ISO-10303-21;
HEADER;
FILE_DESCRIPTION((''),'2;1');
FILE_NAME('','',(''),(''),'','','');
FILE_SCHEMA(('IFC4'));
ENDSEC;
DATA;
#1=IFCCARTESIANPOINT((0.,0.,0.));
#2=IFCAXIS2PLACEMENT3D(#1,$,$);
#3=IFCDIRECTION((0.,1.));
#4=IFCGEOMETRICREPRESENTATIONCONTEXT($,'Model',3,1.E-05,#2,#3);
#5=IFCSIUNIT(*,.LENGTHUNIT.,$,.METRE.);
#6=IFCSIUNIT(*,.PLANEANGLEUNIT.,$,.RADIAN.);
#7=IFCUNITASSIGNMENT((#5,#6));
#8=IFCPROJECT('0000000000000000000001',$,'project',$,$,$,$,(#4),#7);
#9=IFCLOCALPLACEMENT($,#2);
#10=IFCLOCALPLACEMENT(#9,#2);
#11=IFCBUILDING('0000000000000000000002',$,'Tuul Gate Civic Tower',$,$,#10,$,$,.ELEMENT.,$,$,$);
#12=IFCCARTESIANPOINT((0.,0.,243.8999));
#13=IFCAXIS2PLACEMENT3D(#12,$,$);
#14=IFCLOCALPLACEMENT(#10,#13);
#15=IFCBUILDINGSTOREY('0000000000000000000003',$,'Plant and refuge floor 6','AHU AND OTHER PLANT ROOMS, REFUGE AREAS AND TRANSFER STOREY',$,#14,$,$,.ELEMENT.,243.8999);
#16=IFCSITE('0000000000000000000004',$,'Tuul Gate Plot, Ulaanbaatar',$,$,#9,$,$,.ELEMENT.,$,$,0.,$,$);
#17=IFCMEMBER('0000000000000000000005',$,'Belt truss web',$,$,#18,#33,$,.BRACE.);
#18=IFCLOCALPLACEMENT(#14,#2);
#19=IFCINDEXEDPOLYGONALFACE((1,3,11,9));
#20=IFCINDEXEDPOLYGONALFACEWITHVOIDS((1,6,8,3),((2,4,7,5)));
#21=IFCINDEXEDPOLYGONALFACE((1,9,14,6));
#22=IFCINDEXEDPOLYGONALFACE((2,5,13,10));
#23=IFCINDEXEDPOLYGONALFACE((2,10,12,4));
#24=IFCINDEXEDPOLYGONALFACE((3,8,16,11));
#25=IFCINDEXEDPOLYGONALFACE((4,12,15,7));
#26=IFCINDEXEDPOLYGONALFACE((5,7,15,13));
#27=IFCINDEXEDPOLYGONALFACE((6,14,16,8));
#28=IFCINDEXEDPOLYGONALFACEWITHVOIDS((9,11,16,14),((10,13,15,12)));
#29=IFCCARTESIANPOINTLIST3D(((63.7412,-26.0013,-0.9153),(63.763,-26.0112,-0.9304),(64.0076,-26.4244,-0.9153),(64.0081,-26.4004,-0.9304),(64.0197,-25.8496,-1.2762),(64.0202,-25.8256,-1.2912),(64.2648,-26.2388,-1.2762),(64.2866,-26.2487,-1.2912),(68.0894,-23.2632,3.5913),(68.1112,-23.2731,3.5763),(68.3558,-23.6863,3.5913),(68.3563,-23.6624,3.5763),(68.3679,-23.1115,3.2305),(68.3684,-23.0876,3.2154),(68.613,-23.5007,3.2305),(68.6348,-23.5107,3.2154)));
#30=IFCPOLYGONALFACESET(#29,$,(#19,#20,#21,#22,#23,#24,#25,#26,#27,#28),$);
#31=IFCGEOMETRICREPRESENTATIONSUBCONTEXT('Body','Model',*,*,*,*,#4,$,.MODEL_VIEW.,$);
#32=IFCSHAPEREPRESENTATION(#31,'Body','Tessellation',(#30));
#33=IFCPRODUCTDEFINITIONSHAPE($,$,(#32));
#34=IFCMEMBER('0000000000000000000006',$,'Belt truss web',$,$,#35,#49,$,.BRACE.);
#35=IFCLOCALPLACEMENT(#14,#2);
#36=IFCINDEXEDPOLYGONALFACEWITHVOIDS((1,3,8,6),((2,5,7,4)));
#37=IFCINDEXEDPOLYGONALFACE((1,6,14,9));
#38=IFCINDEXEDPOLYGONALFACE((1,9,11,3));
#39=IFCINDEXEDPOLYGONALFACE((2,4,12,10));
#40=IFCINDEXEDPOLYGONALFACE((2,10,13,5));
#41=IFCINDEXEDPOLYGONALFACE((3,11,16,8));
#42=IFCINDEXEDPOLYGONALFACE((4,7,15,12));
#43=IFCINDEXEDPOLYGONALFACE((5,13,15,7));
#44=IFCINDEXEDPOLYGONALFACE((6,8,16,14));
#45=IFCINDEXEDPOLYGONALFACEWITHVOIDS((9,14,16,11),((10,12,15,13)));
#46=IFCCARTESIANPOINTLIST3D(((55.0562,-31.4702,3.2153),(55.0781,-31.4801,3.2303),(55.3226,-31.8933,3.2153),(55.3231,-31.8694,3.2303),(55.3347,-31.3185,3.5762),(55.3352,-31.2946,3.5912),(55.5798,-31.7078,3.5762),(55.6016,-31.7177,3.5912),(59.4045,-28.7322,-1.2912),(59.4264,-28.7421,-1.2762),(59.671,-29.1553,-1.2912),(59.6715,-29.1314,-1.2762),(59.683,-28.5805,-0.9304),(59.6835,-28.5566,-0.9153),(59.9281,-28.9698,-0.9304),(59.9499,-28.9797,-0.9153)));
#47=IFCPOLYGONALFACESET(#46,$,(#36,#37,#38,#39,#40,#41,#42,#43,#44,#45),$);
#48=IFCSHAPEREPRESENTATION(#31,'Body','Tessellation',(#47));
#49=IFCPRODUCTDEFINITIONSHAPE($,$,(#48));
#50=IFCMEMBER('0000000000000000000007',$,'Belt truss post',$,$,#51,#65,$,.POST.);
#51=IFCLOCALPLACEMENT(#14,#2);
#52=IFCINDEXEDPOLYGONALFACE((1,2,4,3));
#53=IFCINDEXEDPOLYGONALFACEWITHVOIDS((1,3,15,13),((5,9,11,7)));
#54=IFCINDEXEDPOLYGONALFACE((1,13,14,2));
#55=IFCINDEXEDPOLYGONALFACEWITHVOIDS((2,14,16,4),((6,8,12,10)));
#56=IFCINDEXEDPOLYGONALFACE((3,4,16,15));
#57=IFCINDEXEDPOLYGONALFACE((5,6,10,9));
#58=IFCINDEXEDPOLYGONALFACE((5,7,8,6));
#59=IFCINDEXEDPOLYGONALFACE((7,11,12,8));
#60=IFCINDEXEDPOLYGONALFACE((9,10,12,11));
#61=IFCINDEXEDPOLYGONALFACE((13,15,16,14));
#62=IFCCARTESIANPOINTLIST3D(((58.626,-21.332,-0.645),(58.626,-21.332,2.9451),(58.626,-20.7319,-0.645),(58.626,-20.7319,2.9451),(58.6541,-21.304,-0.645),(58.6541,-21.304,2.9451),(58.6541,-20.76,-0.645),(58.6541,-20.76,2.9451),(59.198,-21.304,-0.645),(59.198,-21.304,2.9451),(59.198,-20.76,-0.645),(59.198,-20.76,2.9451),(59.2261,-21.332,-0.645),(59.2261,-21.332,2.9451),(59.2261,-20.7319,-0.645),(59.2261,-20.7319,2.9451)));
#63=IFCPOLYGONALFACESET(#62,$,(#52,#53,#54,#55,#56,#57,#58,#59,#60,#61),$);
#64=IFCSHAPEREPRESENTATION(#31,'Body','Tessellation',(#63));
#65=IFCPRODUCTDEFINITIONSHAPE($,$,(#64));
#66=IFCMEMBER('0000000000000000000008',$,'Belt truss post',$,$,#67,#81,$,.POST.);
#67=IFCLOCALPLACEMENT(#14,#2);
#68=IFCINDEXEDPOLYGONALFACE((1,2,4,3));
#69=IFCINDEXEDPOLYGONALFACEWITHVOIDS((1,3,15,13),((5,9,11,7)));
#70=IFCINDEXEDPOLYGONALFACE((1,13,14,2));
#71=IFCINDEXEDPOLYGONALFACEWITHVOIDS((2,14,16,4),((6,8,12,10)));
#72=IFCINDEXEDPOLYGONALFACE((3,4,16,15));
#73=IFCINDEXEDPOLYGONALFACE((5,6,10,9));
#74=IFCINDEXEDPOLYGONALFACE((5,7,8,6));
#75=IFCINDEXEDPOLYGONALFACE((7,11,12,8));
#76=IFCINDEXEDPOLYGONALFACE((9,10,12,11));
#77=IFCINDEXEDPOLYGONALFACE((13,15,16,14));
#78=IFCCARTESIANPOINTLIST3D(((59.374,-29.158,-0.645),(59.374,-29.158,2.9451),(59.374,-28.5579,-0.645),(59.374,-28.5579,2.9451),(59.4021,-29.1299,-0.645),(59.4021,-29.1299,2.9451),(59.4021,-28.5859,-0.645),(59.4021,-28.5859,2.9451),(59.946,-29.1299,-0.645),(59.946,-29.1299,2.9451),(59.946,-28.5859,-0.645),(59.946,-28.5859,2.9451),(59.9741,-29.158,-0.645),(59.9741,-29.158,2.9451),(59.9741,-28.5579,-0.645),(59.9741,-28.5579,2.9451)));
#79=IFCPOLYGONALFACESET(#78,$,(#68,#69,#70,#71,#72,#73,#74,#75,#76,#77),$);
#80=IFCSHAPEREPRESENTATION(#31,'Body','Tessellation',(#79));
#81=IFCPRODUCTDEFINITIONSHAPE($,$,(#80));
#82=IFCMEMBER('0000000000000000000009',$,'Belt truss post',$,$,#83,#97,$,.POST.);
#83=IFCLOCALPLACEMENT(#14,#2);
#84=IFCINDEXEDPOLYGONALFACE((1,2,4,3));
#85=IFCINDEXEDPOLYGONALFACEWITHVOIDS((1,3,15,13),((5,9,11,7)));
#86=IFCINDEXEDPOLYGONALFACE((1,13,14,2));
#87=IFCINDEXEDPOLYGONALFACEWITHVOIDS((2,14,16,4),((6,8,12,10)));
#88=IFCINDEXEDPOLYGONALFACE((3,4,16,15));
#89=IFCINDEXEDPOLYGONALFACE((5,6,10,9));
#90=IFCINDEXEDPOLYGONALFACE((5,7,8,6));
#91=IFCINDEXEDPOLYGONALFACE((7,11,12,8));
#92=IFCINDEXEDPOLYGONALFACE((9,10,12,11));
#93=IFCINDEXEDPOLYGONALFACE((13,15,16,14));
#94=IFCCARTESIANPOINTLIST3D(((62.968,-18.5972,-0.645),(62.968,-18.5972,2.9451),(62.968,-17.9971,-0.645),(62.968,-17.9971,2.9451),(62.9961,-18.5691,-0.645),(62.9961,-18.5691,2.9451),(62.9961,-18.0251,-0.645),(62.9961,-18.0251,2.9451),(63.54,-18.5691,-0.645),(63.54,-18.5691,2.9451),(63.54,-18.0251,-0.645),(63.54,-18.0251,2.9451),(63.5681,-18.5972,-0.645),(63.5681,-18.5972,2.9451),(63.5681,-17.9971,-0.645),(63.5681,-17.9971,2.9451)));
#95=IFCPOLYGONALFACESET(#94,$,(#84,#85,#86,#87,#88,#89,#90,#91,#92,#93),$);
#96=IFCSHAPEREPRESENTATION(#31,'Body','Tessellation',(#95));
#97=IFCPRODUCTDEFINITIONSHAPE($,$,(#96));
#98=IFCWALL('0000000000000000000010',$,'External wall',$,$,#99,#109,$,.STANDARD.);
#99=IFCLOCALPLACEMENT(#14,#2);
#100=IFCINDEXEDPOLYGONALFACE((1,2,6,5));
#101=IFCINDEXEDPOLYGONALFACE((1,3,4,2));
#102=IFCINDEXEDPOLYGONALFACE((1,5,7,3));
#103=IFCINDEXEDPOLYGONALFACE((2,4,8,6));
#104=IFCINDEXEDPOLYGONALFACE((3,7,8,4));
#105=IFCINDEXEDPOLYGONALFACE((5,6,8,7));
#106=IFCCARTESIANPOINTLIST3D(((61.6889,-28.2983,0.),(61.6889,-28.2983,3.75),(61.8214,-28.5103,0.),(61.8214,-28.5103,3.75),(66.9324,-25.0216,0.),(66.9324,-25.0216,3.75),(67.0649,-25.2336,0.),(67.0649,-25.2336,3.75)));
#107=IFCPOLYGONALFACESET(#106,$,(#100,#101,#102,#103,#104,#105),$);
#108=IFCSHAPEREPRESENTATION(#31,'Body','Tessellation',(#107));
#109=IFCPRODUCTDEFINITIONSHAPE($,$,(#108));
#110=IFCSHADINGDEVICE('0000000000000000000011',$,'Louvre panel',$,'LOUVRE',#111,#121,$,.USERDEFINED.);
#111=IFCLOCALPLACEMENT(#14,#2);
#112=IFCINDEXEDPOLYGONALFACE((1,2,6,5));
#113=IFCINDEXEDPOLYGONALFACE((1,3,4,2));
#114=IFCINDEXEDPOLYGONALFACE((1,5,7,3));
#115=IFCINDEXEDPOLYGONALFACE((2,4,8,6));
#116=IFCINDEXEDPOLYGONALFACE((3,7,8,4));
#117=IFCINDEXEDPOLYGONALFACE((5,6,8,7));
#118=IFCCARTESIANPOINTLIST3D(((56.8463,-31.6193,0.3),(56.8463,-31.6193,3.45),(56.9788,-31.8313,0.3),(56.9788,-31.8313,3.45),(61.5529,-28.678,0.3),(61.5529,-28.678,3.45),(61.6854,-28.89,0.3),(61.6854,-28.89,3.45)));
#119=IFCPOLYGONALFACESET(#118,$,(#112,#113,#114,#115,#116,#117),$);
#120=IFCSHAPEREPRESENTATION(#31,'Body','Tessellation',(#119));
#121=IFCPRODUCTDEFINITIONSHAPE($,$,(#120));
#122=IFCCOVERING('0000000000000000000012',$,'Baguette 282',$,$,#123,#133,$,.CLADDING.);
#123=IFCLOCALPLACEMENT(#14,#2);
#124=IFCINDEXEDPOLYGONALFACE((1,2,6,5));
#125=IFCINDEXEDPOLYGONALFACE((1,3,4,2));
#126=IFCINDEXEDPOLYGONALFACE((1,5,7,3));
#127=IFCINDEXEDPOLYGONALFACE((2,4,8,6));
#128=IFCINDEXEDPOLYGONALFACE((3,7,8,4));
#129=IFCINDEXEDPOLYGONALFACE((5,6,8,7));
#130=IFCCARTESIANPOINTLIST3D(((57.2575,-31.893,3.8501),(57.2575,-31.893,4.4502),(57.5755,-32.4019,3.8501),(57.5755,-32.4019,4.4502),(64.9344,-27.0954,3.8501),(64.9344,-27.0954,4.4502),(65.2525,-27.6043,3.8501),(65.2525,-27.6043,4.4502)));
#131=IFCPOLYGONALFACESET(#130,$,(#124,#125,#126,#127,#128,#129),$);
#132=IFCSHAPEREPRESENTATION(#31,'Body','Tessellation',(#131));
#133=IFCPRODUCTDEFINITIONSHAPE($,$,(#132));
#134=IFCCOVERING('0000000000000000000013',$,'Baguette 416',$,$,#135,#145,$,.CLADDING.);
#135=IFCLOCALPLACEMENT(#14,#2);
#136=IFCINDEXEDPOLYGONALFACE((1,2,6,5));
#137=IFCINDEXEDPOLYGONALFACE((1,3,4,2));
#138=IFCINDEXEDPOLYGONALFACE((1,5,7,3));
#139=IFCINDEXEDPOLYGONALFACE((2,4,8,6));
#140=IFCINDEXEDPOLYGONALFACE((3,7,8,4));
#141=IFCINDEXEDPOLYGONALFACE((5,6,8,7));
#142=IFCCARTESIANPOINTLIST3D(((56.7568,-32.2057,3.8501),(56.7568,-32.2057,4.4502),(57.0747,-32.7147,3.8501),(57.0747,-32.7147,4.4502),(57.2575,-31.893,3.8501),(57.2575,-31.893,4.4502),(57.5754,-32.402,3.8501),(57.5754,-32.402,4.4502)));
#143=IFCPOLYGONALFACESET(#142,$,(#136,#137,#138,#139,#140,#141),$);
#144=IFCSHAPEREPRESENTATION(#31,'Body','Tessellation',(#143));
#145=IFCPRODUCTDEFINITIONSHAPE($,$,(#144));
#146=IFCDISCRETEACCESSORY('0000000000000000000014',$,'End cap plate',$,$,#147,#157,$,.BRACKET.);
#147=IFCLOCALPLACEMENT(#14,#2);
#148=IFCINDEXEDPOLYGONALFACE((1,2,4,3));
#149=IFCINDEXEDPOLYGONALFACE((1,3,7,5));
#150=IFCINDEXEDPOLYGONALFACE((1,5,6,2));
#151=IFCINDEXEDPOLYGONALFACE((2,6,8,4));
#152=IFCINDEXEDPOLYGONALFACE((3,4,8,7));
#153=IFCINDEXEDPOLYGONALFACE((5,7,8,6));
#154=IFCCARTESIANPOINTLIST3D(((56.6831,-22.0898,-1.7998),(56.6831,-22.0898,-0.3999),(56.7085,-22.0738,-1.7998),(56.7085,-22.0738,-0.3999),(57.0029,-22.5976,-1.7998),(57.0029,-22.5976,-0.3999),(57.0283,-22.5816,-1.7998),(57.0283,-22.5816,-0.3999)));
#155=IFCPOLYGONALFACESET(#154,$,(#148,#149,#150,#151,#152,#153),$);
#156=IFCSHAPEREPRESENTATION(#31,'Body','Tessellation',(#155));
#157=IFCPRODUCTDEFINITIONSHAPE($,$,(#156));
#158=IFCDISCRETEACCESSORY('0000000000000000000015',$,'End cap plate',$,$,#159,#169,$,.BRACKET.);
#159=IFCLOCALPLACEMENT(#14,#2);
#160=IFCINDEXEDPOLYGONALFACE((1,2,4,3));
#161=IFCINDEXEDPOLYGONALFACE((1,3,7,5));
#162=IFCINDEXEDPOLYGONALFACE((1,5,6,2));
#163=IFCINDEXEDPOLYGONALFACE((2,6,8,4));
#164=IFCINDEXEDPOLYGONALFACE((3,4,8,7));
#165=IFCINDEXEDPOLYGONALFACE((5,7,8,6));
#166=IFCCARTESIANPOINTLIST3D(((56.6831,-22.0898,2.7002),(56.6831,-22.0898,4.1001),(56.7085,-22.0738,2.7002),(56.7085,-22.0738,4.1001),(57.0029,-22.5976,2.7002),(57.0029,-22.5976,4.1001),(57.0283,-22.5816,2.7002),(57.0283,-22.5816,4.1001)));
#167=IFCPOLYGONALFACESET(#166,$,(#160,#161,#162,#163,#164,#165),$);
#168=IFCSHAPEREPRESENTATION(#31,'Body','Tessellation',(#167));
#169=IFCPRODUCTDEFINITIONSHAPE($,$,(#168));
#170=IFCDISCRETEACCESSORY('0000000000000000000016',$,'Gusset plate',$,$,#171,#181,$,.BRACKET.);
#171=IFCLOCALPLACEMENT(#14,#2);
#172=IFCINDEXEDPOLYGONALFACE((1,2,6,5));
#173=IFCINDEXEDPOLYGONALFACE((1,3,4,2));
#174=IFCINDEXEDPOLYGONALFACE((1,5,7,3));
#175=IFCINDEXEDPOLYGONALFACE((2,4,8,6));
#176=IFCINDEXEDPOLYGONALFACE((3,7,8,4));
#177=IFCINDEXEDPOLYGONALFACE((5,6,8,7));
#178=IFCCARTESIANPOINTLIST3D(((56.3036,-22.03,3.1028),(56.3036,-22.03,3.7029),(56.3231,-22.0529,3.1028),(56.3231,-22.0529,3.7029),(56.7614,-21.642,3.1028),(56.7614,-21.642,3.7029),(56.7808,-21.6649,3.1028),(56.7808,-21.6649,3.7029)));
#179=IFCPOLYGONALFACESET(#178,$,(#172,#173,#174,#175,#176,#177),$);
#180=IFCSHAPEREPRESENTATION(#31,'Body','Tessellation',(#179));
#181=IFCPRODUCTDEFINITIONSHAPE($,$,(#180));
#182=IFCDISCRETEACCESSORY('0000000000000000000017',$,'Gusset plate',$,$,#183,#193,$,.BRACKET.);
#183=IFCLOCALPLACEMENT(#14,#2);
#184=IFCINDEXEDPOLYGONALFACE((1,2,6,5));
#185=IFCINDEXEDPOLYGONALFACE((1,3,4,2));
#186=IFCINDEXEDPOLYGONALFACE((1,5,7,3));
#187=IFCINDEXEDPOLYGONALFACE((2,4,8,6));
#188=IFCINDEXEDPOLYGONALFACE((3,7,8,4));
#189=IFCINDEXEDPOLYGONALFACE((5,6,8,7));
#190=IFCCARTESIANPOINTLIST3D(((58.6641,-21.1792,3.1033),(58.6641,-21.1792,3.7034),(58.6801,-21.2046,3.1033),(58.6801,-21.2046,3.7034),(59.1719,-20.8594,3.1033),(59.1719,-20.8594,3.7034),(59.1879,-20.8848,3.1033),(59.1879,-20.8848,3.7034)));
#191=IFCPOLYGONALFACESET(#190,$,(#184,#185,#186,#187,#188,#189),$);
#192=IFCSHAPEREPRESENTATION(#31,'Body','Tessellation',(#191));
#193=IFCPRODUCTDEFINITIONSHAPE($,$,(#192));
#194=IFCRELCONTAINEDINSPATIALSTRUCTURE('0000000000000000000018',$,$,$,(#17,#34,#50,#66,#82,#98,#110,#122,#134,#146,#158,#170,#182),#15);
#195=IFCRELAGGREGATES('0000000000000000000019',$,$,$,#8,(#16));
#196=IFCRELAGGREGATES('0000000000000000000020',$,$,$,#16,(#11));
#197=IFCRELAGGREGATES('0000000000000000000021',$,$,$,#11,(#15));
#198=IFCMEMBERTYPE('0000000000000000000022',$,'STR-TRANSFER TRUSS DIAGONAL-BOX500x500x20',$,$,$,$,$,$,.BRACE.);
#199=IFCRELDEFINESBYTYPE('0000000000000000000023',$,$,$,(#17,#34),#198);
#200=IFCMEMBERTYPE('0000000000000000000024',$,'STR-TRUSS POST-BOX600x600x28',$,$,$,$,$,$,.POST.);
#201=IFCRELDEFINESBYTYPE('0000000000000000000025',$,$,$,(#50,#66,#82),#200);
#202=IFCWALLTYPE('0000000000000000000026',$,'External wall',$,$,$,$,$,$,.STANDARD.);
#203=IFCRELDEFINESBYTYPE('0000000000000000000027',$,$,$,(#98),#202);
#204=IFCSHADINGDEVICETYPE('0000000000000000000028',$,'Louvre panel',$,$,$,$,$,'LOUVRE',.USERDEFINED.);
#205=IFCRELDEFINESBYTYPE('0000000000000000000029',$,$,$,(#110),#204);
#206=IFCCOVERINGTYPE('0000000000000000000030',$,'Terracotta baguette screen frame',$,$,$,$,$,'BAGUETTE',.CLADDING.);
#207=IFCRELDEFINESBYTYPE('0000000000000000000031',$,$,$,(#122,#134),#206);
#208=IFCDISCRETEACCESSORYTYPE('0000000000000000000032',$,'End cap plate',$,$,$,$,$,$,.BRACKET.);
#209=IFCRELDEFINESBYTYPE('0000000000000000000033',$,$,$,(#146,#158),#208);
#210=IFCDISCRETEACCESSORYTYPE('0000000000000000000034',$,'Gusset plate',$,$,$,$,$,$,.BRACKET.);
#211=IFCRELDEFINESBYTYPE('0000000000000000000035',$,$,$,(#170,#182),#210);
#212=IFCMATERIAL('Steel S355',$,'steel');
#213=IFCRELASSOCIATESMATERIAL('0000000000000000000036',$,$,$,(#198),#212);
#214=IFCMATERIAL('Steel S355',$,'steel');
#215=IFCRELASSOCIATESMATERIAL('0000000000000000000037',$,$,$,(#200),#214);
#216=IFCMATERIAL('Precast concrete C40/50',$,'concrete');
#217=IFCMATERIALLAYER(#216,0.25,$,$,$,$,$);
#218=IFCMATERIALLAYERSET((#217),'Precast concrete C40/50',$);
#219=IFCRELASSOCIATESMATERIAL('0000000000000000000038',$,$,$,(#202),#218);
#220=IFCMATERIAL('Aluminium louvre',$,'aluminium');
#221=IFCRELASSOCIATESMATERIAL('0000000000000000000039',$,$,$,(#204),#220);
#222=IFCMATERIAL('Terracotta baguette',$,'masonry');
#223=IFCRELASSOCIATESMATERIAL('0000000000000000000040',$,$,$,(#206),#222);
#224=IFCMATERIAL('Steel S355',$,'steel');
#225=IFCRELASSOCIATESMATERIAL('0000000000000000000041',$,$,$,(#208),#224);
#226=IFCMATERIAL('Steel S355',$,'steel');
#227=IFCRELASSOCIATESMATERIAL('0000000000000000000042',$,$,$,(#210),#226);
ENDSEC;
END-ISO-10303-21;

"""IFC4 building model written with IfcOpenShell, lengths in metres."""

from ifc_helpers import new_model, si_unit, direction, frame, frame_2d, origin, origin_2d, place, context, subcontext, project, spatial, rectangle, hollow_rectangle, extrude, material, layer, layer_set, material_profile, profile_set, type_object, element, save


model = new_model("IFC4")

# Units and contexts
model_context = context("Model", 3, precision=1e-05, world=origin(), true_north=direction((0.0, 1.0)))
body_context = subcontext(model_context, "Body", "Model", "MODEL_VIEW")
ifc_project = project(units=[si_unit("LENGTHUNIT", "METRE"), si_unit("PLANEANGLEUNIT", "RADIAN")], contexts=[model_context])

# Site, building, storey
site_placement = place(None, origin())
site = spatial("IfcSite", under=ifc_project, at=site_placement, Name="Tuul Gate Plot, Ulaanbaatar", CompositionType="ELEMENT", RefElevation=0.0)
building_placement = place(site_placement, origin())
building = spatial("IfcBuilding", under=site, at=building_placement, Name="Tuul Gate Civic Tower", CompositionType="ELEMENT")
storey_placement = place(building_placement, frame((0.0, 0.0, 243.8999)))
storey = spatial("IfcBuildingStorey", under=building, at=storey_placement, Name="Plant and refuge floor 6", Description="AHU AND OTHER PLANT ROOMS, REFUGE AREAS AND TRANSFER STOREY", CompositionType="ELEMENT", Elevation=243.8999)

# Members
ifc_material_1 = material(Name="Steel S355", Category="steel")
ifc_material_profile_1 = material_profile(ifc_material_1, hollow_rectangle(XDim=0.5, YDim=0.5, WallThickness=0.02, at=origin_2d()), Name="BOX500x500x20")
ifc_profile_set_1 = profile_set([ifc_material_profile_1], Name="Steel S355")
member_type_1 = type_object("IfcMemberType", Name="STR-TRANSFER TRUSS DIAGONAL-BOX500x500x20", PredefinedType="BRACE", material=ifc_profile_set_1)
for number, where, z_axis, x_axis, name in (
    (1, (64.0139, -26.125, -1.1033), (0.63619, 0.400611, 0.659373), (-0.532857, 0.846205, 0.0), "Belt truss web"),
    (2, (59.6772, -28.856, -1.1033), (-0.636212, -0.400601, 0.659358), (0.532836, -0.846219, 0.0), "Belt truss web"),
):
    element("IfcMember", number, at=place(storey_placement, frame(where, z_axis=z_axis, x_axis=x_axis)), inside=storey, type_object=member_type_1, Name=name, PredefinedType="BRACE", context=body_context, shape_type="SweptSolid", body=[
        extrude(hollow_rectangle(XDim=0.5, YDim=0.5, WallThickness=0.02, at=origin_2d()), origin(), (0.0, 0.0, 1.0), 6.8347),
    ])
ifc_material_2 = material(Name="Steel S355", Category="steel")
ifc_material_profile_2 = material_profile(ifc_material_2, hollow_rectangle(XDim=0.6001, YDim=0.6001, WallThickness=0.0281, at=origin_2d()), Name="BOX600x600x28")
ifc_profile_set_2 = profile_set([ifc_material_profile_2], Name="Steel S355")
member_type_2 = type_object("IfcMemberType", Name="STR-TRUSS POST-BOX600x600x28", PredefinedType="POST", material=ifc_profile_set_2)
for number, where, z_axis, x_axis, name in (
    (3, (58.926, -21.032, -0.645), (0.0, 0.0, 1.0), (1.0, 0.0, 0.0), "Belt truss post"),
    (4, (59.6741, -28.8579, -0.645), (0.0, 0.0, 1.0), (1.0, 0.0, 0.0), "Belt truss post"),
    (5, (63.2681, -18.2971, -0.645), (0.0, 0.0, 1.0), (1.0, 0.0, 0.0), "Belt truss post"),
):
    element("IfcMember", number, at=place(storey_placement, frame(where, z_axis=z_axis, x_axis=x_axis)), inside=storey, type_object=member_type_2, Name=name, PredefinedType="POST", context=body_context, shape_type="SweptSolid", body=[
        extrude(hollow_rectangle(XDim=0.6001, YDim=0.6001, WallThickness=0.0281, at=origin_2d()), origin(), (0.0, 0.0, 1.0), 3.5901),
    ])

# Wall
ifc_material_3 = material(Name="Precast concrete C40/50", Category="concrete")
ifc_layer = layer(ifc_material_3, 0.25)
ifc_layer_set = layer_set([ifc_layer], Name="Precast concrete C40/50")
wall_type = type_object("IfcWallType", Name="External wall", PredefinedType="STANDARD", material=ifc_layer_set)
wall_placement = place(storey_placement, frame((61.7551, -28.4043, 0.0), z_axis=(0.0, 0.0, 1.0), x_axis=(0.848036, 0.529939, 0.0)))
element("IfcWall", 6, at=wall_placement, inside=storey, type_object=wall_type, Name="External wall", PredefinedType="STANDARD", context=body_context, shape_type="SweptSolid", body=[
    extrude(rectangle(XDim=6.1831, YDim=0.25, at=frame_2d((3.0916, 0.0))), origin(), (0.0, 0.0, 1.0), 3.75),
])

# Shading device
ifc_material_4 = material(Name="Aluminium louvre", Category="aluminium")
shading_device_type = type_object("IfcShadingDeviceType", Name="Louvre panel", ElementType="LOUVRE", PredefinedType="USERDEFINED", material=ifc_material_4)
shading_device_placement = place(storey_placement, frame((59.2659, -30.2546, 0.3), z_axis=(0.0, 0.0, 1.0), x_axis=(0.52995, -0.848029, 0.0)))
element("IfcShadingDevice", 7, at=shading_device_placement, inside=storey, type_object=shading_device_type, Name="Louvre panel", ObjectType="LOUVRE", PredefinedType="USERDEFINED", context=body_context, shape_type="SweptSolid", body=[
    extrude(rectangle(XDim=0.25, YDim=5.55, at=origin_2d()), origin(), (0.0, 0.0, 1.0), 3.1499),
])

# Coverings
ifc_material_5 = material(Name="Terracotta baguette", Category="masonry")
ifc_material_profile_3 = material_profile(ifc_material_5, rectangle(XDim=0.6001, YDim=0.6001, at=origin_2d()), Name="Terracotta baguette screen frame")
ifc_profile_set_3 = profile_set([ifc_material_profile_3], Name="Terracotta baguette")
covering_type = type_object("IfcCoveringType", Name="Terracotta baguette screen frame", ElementType="BAGUETTE", PredefinedType="CLADDING", material=ifc_profile_set_3)
covering_1_placement = place(storey_placement, frame((57.4165, -32.1475, 4.1501), z_axis=(0.848024, 0.529958, 0.0), x_axis=(-0.529958, 0.848024, 0.0)))
element("IfcCovering", 8, at=covering_1_placement, inside=storey, type_object=covering_type, Name="Baguette 282", PredefinedType="CLADDING", context=body_context, shape_type="SweptSolid", body=[
    extrude(rectangle(XDim=0.6001, YDim=0.6001, at=origin_2d()), origin(), (0.0, 0.0, 1.0), 9.0527),
])
covering_2_placement = place(storey_placement, frame((56.9158, -32.4602, 4.1501), z_axis=(0.848161, 0.529739, 0.0), x_axis=(-0.529739, 0.848161, 0.0)))
element("IfcCovering", 9, at=covering_2_placement, inside=storey, type_object=covering_type, Name="Baguette 416", PredefinedType="CLADDING", context=body_context, shape_type="SweptSolid", body=[
    extrude(rectangle(XDim=0.6001, YDim=0.6001, at=origin_2d()), origin(), (0.0, 0.0, 1.0), 0.5903),
])

# Discrete accessories
ifc_material_6 = material(Name="Steel S355", Category="steel")
discrete_accessory_type_1 = type_object("IfcDiscreteAccessoryType", Name="End cap plate", PredefinedType="BRACKET", material=ifc_material_6)
for number, where, z_axis, x_axis, name in (
    (10, (56.8557, -22.3357, -1.7998), (0.0, 0.0, 1.0), (0.846187, 0.532886, 0.0), "End cap plate"),
    (11, (56.8557, -22.3357, 2.7002), (0.0, 0.0, 1.0), (0.846187, 0.532886, 0.0), "End cap plate"),
):
    element("IfcDiscreteAccessory", number, at=place(storey_placement, frame(where, z_axis=z_axis, x_axis=x_axis)), inside=storey, type_object=discrete_accessory_type_1, Name=name, PredefinedType="BRACKET", context=body_context, shape_type="SweptSolid", body=[
        extrude(rectangle(XDim=0.03, YDim=0.6001, at=origin_2d()), origin(), (0.0, 0.0, 1.0), 1.3999),
    ])
ifc_material_7 = material(Name="Steel S355", Category="steel")
discrete_accessory_type_2 = type_object("IfcDiscreteAccessoryType", Name="Gusset plate", PredefinedType="BRACKET", material=ifc_material_7)
for number, where, z_axis, x_axis, name in (
    (12, (56.5422, -21.8474, 3.1028), (0.0, 0.0, 1.0), (0.762848, 0.646578, 0.0), "Gusset plate"),
    (13, (58.926, -21.032, 3.1033), (0.0, 0.0, 1.0), (-0.846187, -0.532886, 0.0), "Gusset plate"),
):
    element("IfcDiscreteAccessory", number, at=place(storey_placement, frame(where, z_axis=z_axis, x_axis=x_axis)), inside=storey, type_object=discrete_accessory_type_2, Name=name, PredefinedType="BRACKET", context=body_context, shape_type="SweptSolid", body=[
        extrude(rectangle(XDim=0.6001, YDim=0.03, at=origin_2d()), origin(), (0.0, 0.0, 1.0), 0.6001),
    ])

save(model, "model.ifc")
